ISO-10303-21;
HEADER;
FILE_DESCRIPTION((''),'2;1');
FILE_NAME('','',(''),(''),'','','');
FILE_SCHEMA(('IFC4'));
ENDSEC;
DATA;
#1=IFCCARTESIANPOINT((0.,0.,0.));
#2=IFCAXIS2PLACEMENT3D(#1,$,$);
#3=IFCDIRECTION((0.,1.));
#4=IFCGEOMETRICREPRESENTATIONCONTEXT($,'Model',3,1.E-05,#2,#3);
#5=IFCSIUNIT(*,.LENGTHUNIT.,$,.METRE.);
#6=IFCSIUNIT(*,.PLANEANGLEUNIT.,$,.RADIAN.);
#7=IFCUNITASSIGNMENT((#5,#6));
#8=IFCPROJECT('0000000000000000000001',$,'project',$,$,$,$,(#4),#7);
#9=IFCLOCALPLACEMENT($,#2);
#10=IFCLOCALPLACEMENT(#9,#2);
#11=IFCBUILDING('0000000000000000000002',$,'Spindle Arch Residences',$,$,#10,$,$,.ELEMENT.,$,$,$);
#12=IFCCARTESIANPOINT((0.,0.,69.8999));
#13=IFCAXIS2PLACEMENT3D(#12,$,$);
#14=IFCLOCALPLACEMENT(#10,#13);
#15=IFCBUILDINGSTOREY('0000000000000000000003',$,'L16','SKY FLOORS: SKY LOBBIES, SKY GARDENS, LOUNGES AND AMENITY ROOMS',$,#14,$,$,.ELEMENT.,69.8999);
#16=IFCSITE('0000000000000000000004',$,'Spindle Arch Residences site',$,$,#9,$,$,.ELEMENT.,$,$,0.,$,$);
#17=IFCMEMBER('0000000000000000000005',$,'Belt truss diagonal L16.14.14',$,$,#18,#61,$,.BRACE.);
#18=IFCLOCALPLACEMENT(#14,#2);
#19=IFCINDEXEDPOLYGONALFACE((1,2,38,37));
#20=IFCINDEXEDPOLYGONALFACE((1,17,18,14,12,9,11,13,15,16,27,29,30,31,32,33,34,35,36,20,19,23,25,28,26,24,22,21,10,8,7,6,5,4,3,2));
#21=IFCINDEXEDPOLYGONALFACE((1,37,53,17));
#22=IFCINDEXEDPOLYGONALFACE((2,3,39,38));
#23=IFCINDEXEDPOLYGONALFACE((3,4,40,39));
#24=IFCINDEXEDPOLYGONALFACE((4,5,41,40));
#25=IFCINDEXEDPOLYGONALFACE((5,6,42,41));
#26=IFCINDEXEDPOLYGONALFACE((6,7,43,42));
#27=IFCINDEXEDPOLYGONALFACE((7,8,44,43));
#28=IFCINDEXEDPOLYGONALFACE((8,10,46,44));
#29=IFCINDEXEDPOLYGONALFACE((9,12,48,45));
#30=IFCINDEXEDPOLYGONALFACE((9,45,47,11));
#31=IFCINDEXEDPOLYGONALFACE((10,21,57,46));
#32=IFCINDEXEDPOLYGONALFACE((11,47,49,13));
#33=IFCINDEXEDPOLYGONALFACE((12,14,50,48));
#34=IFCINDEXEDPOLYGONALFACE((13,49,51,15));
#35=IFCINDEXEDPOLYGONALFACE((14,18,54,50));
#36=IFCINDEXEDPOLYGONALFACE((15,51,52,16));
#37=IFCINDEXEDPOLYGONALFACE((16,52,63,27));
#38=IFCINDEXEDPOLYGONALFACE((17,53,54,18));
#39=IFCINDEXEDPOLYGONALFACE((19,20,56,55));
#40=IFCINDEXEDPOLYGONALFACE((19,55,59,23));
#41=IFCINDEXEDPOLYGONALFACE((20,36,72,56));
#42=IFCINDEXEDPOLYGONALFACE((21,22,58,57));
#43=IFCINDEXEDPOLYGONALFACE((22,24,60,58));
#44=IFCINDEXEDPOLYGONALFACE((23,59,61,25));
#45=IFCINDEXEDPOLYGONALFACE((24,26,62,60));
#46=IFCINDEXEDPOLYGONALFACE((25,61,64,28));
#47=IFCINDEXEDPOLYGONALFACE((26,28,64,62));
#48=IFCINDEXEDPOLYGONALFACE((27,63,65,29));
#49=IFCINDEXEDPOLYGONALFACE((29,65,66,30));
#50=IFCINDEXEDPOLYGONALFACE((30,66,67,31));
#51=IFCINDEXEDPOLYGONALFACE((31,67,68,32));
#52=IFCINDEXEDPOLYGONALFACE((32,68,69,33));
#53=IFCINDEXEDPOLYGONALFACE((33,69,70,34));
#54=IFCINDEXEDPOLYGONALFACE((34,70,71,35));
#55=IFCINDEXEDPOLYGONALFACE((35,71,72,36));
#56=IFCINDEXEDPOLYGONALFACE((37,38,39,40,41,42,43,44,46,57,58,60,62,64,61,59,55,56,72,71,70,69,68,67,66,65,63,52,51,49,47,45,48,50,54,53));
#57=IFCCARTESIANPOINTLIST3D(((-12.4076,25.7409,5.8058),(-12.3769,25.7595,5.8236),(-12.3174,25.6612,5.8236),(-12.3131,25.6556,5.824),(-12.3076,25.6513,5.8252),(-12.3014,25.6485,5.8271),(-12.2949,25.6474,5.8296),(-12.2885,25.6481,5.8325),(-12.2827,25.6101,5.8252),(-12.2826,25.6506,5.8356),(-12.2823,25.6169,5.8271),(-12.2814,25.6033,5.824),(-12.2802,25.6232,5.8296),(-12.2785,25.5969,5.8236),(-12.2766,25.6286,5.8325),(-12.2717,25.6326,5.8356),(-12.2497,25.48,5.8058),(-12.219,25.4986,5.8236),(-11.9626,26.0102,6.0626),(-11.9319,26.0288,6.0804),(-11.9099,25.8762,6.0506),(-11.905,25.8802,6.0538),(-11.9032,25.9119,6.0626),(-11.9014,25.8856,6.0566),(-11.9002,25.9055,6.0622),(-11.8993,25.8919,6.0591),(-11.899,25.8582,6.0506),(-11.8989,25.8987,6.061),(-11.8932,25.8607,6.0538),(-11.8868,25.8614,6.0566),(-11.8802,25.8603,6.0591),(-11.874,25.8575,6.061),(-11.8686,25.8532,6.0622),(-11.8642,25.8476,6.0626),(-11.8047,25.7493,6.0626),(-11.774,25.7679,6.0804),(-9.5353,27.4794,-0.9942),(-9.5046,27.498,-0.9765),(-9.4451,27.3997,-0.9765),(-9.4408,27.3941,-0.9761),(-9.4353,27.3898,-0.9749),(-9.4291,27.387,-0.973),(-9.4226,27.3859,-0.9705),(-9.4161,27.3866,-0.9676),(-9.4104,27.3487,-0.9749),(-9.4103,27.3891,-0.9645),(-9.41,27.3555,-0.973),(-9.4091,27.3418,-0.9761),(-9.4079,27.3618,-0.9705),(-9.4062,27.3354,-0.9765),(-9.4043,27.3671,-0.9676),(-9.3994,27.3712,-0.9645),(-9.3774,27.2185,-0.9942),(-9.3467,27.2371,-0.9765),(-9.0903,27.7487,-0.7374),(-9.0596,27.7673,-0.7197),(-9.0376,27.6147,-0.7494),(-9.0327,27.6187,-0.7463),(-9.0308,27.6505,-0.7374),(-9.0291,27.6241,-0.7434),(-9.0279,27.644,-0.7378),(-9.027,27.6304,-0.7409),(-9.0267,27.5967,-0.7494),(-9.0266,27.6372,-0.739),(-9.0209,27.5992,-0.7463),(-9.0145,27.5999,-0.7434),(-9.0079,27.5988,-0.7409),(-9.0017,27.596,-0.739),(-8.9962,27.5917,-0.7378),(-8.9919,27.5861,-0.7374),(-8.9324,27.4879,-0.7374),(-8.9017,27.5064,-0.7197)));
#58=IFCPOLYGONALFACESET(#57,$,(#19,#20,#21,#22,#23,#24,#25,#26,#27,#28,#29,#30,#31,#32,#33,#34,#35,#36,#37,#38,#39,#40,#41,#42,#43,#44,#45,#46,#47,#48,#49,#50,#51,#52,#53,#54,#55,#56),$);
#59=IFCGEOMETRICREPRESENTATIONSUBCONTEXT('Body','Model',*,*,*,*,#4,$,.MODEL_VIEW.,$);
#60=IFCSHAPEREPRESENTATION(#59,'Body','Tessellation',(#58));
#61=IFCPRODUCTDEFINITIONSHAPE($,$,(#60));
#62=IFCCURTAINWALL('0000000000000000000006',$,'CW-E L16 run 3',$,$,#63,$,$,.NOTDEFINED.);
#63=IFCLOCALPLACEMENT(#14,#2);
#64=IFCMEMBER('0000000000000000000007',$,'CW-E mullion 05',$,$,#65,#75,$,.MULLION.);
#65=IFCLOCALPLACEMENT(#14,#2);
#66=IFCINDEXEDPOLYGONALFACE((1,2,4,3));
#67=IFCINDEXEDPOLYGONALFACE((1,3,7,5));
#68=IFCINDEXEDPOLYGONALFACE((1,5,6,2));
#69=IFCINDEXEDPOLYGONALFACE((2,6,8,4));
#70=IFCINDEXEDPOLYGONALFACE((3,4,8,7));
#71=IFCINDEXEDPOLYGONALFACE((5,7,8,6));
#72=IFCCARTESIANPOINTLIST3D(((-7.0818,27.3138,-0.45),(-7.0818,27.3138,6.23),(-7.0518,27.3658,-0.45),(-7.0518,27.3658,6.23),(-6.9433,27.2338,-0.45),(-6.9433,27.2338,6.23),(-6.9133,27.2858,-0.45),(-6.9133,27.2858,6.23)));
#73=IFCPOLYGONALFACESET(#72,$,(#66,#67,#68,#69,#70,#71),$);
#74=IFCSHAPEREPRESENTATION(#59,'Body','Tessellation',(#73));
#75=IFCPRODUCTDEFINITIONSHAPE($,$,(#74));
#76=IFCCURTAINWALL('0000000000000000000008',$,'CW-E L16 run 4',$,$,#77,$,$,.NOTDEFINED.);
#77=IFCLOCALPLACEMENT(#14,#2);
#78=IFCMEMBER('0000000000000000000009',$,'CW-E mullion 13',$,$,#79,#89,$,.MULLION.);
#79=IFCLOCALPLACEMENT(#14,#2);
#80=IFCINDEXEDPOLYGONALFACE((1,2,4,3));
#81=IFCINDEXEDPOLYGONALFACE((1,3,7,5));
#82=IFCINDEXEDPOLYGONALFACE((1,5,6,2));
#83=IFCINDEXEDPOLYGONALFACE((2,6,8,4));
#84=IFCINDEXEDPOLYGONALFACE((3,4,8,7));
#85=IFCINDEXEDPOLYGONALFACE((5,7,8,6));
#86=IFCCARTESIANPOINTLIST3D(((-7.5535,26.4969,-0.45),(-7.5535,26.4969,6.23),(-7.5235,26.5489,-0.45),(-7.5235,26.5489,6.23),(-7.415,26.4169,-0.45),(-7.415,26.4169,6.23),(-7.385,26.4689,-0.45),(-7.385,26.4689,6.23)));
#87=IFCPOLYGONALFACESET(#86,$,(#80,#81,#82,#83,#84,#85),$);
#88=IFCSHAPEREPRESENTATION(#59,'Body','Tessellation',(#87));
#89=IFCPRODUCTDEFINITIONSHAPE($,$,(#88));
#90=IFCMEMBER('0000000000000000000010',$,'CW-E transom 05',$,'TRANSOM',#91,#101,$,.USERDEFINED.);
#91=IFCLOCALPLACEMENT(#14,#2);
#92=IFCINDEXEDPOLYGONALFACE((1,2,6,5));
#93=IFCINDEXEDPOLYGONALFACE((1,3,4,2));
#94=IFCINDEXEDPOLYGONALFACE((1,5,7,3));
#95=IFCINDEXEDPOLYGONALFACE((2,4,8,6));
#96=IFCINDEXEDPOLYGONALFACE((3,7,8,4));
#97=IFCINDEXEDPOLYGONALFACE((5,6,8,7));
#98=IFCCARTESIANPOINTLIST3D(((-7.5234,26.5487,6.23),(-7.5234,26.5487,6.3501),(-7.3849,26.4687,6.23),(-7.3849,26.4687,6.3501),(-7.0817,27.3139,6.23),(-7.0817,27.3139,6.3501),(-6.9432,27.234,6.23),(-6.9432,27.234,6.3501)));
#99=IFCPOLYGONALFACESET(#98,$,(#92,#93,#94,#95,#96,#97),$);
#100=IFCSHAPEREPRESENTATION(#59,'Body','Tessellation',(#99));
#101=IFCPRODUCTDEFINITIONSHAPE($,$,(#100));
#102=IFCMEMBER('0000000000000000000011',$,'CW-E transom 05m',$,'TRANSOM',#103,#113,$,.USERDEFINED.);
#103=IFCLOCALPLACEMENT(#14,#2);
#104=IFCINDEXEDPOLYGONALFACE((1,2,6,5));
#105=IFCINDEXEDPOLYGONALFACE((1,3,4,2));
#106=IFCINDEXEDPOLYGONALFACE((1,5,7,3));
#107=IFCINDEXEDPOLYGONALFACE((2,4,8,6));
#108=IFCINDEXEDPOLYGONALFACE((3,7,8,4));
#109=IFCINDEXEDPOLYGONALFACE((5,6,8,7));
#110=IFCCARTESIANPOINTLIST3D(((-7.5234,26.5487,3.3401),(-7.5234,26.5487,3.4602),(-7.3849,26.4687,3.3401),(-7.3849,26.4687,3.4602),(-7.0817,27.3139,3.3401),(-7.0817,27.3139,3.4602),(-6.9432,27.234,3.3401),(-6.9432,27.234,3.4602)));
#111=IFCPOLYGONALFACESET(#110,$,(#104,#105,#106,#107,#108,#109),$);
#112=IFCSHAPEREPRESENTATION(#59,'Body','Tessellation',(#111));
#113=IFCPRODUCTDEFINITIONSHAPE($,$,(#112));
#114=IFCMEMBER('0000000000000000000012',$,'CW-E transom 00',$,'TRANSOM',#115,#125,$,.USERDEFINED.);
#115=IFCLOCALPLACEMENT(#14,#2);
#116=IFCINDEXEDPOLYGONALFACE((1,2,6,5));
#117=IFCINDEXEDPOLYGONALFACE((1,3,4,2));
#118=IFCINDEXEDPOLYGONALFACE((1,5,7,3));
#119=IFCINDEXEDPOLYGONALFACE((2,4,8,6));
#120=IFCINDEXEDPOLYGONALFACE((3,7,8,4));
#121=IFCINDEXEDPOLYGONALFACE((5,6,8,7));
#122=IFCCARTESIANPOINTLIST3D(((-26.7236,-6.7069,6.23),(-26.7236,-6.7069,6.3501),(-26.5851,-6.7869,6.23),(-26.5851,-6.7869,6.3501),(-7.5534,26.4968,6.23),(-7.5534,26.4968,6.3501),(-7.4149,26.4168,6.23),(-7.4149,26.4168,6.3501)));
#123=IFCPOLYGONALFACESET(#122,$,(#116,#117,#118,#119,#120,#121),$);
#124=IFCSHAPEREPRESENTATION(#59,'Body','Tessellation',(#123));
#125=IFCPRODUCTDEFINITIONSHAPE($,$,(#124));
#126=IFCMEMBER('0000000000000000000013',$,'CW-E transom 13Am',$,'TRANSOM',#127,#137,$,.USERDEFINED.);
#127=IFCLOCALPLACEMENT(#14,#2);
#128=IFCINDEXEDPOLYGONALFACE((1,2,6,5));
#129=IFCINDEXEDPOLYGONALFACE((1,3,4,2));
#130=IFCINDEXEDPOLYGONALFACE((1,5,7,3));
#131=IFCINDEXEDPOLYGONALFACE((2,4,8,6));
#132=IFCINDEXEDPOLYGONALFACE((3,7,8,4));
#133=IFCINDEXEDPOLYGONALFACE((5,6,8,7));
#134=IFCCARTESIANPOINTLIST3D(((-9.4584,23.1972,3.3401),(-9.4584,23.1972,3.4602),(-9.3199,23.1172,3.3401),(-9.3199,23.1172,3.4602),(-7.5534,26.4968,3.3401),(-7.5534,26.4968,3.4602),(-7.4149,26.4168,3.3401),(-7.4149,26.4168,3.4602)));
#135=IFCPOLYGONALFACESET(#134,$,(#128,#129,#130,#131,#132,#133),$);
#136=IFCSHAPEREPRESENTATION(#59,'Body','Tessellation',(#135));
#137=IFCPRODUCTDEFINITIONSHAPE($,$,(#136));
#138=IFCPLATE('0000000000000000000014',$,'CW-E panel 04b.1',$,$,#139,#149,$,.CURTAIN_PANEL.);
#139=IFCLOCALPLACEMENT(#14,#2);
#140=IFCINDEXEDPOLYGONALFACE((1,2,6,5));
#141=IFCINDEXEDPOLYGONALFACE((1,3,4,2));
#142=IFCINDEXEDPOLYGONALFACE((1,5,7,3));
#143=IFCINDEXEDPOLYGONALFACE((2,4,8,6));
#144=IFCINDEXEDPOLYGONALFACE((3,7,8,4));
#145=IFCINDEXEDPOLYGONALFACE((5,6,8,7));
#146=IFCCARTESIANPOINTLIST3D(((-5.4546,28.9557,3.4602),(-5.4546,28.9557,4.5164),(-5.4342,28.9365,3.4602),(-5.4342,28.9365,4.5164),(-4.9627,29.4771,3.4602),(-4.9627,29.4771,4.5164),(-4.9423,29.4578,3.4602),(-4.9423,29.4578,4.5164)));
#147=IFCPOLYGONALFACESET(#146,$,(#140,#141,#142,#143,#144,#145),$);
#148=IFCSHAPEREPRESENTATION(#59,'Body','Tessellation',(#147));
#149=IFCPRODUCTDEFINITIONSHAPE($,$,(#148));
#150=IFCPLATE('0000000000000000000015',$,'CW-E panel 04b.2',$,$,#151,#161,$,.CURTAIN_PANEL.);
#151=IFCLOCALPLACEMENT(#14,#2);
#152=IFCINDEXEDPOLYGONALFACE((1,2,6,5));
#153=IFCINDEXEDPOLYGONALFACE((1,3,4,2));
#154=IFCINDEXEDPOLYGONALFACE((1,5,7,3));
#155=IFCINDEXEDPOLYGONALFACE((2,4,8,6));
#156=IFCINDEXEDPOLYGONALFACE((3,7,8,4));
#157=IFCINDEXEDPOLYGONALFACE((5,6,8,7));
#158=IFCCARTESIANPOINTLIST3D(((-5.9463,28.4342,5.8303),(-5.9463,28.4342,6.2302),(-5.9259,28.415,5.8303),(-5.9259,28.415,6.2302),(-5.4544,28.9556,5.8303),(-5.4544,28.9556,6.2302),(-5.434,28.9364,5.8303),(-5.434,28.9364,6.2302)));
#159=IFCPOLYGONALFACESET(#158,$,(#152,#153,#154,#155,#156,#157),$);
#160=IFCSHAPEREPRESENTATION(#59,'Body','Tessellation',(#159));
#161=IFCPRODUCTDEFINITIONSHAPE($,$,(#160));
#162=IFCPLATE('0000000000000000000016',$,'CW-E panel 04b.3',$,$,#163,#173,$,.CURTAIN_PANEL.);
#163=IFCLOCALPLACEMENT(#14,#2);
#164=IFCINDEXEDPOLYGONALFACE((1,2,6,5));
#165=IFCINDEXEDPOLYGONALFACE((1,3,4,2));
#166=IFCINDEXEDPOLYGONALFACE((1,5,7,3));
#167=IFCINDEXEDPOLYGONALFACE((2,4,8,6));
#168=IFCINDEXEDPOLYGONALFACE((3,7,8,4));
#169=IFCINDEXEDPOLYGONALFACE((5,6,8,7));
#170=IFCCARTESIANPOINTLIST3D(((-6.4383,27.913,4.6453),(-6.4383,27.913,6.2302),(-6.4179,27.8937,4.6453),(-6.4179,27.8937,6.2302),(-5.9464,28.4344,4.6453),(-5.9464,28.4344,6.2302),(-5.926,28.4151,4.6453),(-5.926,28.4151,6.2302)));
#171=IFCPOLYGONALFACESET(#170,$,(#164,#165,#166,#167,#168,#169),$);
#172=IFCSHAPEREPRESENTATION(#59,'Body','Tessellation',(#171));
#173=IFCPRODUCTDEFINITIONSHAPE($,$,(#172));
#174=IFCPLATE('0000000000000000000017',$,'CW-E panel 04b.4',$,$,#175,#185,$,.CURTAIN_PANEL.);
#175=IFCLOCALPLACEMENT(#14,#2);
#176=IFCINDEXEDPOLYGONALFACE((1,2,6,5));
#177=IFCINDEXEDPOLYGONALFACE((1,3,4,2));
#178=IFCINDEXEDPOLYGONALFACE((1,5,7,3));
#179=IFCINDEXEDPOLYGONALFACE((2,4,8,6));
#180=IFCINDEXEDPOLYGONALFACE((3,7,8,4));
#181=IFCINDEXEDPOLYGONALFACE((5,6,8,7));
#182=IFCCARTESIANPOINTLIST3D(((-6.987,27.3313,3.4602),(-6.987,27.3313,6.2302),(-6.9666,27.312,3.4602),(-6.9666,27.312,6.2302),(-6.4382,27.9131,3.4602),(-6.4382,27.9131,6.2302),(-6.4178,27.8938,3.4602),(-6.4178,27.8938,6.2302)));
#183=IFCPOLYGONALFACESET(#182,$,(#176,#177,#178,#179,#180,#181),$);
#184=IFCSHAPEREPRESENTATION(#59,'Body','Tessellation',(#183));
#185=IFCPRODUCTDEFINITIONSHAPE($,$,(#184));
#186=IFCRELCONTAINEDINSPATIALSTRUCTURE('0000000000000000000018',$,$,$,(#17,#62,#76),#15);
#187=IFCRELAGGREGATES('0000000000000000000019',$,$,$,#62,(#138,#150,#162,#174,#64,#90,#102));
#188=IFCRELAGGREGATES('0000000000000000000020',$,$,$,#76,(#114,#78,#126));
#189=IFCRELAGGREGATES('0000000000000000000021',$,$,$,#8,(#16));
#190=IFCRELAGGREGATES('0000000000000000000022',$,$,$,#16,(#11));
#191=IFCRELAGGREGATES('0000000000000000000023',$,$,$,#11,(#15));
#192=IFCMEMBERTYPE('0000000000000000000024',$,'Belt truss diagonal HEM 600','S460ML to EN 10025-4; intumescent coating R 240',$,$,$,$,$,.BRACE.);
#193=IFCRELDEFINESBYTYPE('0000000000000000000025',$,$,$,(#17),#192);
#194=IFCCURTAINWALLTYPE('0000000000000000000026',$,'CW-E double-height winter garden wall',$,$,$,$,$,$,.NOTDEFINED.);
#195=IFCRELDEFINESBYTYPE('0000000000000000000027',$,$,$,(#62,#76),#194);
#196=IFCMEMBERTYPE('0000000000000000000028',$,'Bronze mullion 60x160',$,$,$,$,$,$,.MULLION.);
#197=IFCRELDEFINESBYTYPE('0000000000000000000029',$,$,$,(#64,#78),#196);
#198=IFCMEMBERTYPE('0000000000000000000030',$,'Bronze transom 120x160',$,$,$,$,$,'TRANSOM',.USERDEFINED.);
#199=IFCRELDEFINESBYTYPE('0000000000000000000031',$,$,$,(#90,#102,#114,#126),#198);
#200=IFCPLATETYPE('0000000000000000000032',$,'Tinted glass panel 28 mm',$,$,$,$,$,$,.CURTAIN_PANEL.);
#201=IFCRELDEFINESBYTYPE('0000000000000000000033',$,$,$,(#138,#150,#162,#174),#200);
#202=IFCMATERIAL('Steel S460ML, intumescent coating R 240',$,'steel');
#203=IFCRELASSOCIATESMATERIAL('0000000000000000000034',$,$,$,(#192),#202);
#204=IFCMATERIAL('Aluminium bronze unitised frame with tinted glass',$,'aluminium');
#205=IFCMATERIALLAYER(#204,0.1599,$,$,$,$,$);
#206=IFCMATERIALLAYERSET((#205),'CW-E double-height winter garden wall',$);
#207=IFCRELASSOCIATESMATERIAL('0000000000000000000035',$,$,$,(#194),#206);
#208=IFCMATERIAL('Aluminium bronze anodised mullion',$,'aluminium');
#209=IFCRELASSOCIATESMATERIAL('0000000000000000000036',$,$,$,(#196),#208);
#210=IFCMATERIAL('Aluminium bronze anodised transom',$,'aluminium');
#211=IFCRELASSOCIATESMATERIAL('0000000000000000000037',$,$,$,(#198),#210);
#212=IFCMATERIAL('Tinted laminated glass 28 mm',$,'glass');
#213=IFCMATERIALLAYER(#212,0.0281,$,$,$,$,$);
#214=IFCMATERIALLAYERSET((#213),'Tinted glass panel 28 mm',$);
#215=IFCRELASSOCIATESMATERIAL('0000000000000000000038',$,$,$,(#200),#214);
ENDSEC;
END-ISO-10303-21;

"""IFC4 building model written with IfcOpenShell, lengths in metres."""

from ifc_helpers import new_model, si_unit, direction, frame, origin, origin_2d, place, context, subcontext, project, spatial, rectangle, i_section, extrude, material, layer, layer_set, material_profile, profile_set, type_object, element, aggregate, save


model = new_model("IFC4")

# Units and contexts
model_context = context("Model", 3, precision=1e-05, world=origin(), true_north=direction((0.0, 1.0)))
body_context = subcontext(model_context, "Body", "Model", "MODEL_VIEW")
ifc_project = project(units=[si_unit("LENGTHUNIT", "METRE"), si_unit("PLANEANGLEUNIT", "RADIAN")], contexts=[model_context])

# Site, building, storey
site_placement = place(None, origin())
site = spatial("IfcSite", under=ifc_project, at=site_placement, Name="Spindle Arch Residences site", CompositionType="ELEMENT", RefElevation=0.0)
building_placement = place(site_placement, origin())
building = spatial("IfcBuilding", under=site, at=building_placement, Name="Spindle Arch Residences", CompositionType="ELEMENT")
storey_placement = place(building_placement, frame((0.0, 0.0, 69.8999)))
storey = spatial("IfcBuildingStorey", under=building, at=storey_placement, Name="L16", Description="SKY FLOORS: SKY LOBBIES, SKY GARDENS, LOUNGES AND AMENITY ROOMS", CompositionType="ELEMENT", Elevation=69.8999)

# Member
ifc_material_1 = material(Name="Steel S460ML, intumescent coating R 240", Category="steel")
ifc_material_profile_1 = material_profile(ifc_material_1, i_section(OverallWidth=0.3049, OverallDepth=0.6201, WebThickness=0.021, FlangeThickness=0.04, FilletRadius=0.0271, at=origin_2d()), Name="HEM 600")
ifc_profile_set_1 = profile_set([ifc_material_profile_1], Name="Steel S460ML, intumescent coating R 240")
member_type_1 = type_object("IfcMemberType", Name="Belt truss diagonal HEM 600", Description="S460ML to EN 10025-4; intumescent coating R 240", PredefinedType="BRACE", material=ifc_profile_set_1)
member_1_placement = place(storey_placement, frame((-9.2185, 27.4929, -0.8569), z_axis=(-0.378746, -0.229243, 0.89666), x_axis=(0.517807, -0.855498, 0.0)))
element("IfcMember", 1, at=member_1_placement, inside=storey, type_object=member_type_1, Name="Belt truss diagonal L16.14.14", PredefinedType="BRACE", context=body_context, shape_type="SweptSolid", body=[
    extrude(i_section(OverallWidth=0.3049, OverallDepth=0.6201, WebThickness=0.021, FlangeThickness=0.04, FilletRadius=0.0271, at=origin_2d()), origin(), (0.0, 0.0, 1.0), 7.5837),
])

# Curtain walls, members
ifc_material_2 = material(Name="Aluminium bronze unitised frame with tinted glass", Category="aluminium")
ifc_layer_1 = layer(ifc_material_2, 0.1599)
ifc_layer_set_1 = layer_set([ifc_layer_1], Name="CW-E double-height winter garden wall")
curtain_wall_type = type_object("IfcCurtainWallType", Name="CW-E double-height winter garden wall", PredefinedType="NOTDEFINED", material=ifc_layer_set_1)
curtain_wall_1_placement = place(storey_placement, origin())
curtain_wall_1 = element("IfcCurtainWall", 2, at=curtain_wall_1_placement, inside=storey, type_object=curtain_wall_type, Name="CW-E L16 run 3", PredefinedType="NOTDEFINED")
ifc_material_3 = material(Name="Aluminium bronze anodised mullion", Category="aluminium")
ifc_material_profile_2 = material_profile(ifc_material_3, rectangle(XDim=0.1599, YDim=0.0601, at=origin_2d()), Name="MU 60x160")
ifc_profile_set_2 = profile_set([ifc_material_profile_2], Name="Aluminium bronze anodised mullion")
member_type_2 = type_object("IfcMemberType", Name="Bronze mullion 60x160", PredefinedType="MULLION", material=ifc_profile_set_2)
member_2_placement = place(storey_placement, frame((-6.9976, 27.2998, -0.45), z_axis=(0.0, 0.0, 1.0), x_axis=(0.866025, -0.5, 0.0)))
member_2 = element("IfcMember", 3, at=member_2_placement, type_object=member_type_2, Name="CW-E mullion 05", PredefinedType="MULLION", context=body_context, shape_type="SweptSolid", body=[
    extrude(rectangle(XDim=0.1599, YDim=0.0601, at=origin_2d()), origin(), (0.0, 0.0, 1.0), 6.6799),
])
curtain_wall_2_placement = place(storey_placement, origin())
curtain_wall_2 = element("IfcCurtainWall", 4, at=curtain_wall_2_placement, inside=storey, type_object=curtain_wall_type, Name="CW-E L16 run 4", PredefinedType="NOTDEFINED")
member_3_placement = place(storey_placement, frame((-7.4692, 26.4829, -0.45), z_axis=(0.0, 0.0, 1.0), x_axis=(0.866025, -0.5, 0.0)))
member_3 = element("IfcMember", 5, at=member_3_placement, type_object=member_type_2, Name="CW-E mullion 13", PredefinedType="MULLION", context=body_context, shape_type="SweptSolid", body=[
    extrude(rectangle(XDim=0.1599, YDim=0.0601, at=origin_2d()), origin(), (0.0, 0.0, 1.0), 6.6799),
])

# Members
ifc_material_4 = material(Name="Aluminium bronze anodised transom", Category="aluminium")
ifc_material_profile_3 = material_profile(ifc_material_4, rectangle(XDim=0.1599, YDim=0.1201, at=origin_2d()), Name="TR 120x160")
ifc_profile_set_3 = profile_set([ifc_material_profile_3], Name="Aluminium bronze anodised transom")
member_type_3 = type_object("IfcMemberType", Name="Bronze transom 120x160", ElementType="TRANSOM", PredefinedType="USERDEFINED", material=ifc_profile_set_3)
member_4_placement = place(storey_placement, frame((-7.0125, 27.2739, 6.29), z_axis=(-0.499914, -0.866075, 0.0), x_axis=(0.866075, -0.499914, 0.0)))
member_4 = element("IfcMember", 6, at=member_4_placement, type_object=member_type_3, Name="CW-E transom 05", ObjectType="TRANSOM", PredefinedType="USERDEFINED", context=body_context, shape_type="SweptSolid", body=[
    extrude(rectangle(XDim=0.1599, YDim=0.1201, at=origin_2d()), origin(), (0.0, 0.0, 1.0), 0.8835),
])
member_5_placement = place(storey_placement, frame((-7.0125, 27.2739, 3.4001), z_axis=(-0.499914, -0.866075, 0.0), x_axis=(0.866075, -0.499914, 0.0)))
member_5 = element("IfcMember", 7, at=member_5_placement, type_object=member_type_3, Name="CW-E transom 05m", ObjectType="TRANSOM", PredefinedType="USERDEFINED", context=body_context, shape_type="SweptSolid", body=[
    extrude(rectangle(XDim=0.1599, YDim=0.1201, at=origin_2d()), origin(), (0.0, 0.0, 1.0), 0.8835),
])
member_6_placement = place(storey_placement, frame((-7.4841, 26.4568, 6.29), z_axis=(-0.500001, -0.866025, 0.0), x_axis=(0.866025, -0.500001, 0.0)))
member_6 = element("IfcMember", 8, at=member_6_placement, type_object=member_type_3, Name="CW-E transom 00", ObjectType="TRANSOM", PredefinedType="USERDEFINED", context=body_context, shape_type="SweptSolid", body=[
    extrude(rectangle(XDim=0.1599, YDim=0.1201, at=origin_2d()), origin(), (0.0, 0.0, 1.0), 38.3403),
])
member_7_placement = place(storey_placement, frame((-7.4841, 26.4568, 3.4001), z_axis=(-0.500005, -0.866022, 0.0), x_axis=(0.866022, -0.500005, 0.0)))
member_7 = element("IfcMember", 9, at=member_7_placement, type_object=member_type_3, Name="CW-E transom 13Am", ObjectType="TRANSOM", PredefinedType="USERDEFINED", context=body_context, shape_type="SweptSolid", body=[
    extrude(rectangle(XDim=0.1599, YDim=0.1201, at=origin_2d()), origin(), (0.0, 0.0, 1.0), 3.8101),
])

# Plates
ifc_material_5 = material(Name="Tinted laminated glass 28 mm", Category="glass")
ifc_layer_2 = layer(ifc_material_5, 0.0281)
ifc_layer_set_2 = layer_set([ifc_layer_2], Name="Tinted glass panel 28 mm")
plate_type_1 = type_object("IfcPlateType", Name="Tinted glass panel 28 mm", PredefinedType="CURTAIN_PANEL", material=ifc_layer_set_2)
plate_1_placement = place(storey_placement, frame((-5.1985, 29.2068, 3.4602), z_axis=(0.0, 0.0, 1.0), x_axis=(-0.686242, -0.727374, 0.0)))
plate_1 = element("IfcPlate", 10, at=plate_1_placement, type_object=plate_type_1, Name="CW-E panel 04b.1", PredefinedType="CURTAIN_PANEL", context=body_context, shape_type="SweptSolid", body=[
    extrude(rectangle(XDim=0.7168, YDim=0.0281, at=origin_2d()), origin(), (0.0, 0.0, 1.0), 1.0562),
])
plate_2_placement = place(storey_placement, frame((-5.6902, 28.6853, 5.8303), z_axis=(0.0, 0.0, 1.0), x_axis=(-0.686242, -0.727374, 0.0)))
plate_2 = element("IfcPlate", 11, at=plate_2_placement, type_object=plate_type_1, Name="CW-E panel 04b.2", PredefinedType="CURTAIN_PANEL", context=body_context, shape_type="SweptSolid", body=[
    extrude(rectangle(XDim=0.7168, YDim=0.0281, at=origin_2d()), origin(), (0.0, 0.0, 1.0), 0.3999),
])
plate_3_placement = place(storey_placement, frame((-6.1821, 28.1641, 4.6453), z_axis=(0.0, 0.0, 1.0), x_axis=(-0.686242, -0.727374, 0.0)))
plate_3 = element("IfcPlate", 12, at=plate_3_placement, type_object=plate_type_1, Name="CW-E panel 04b.3", PredefinedType="CURTAIN_PANEL", context=body_context, shape_type="SweptSolid", body=[
    extrude(rectangle(XDim=0.7168, YDim=0.0281, at=origin_2d()), origin(), (0.0, 0.0, 1.0), 1.585),
])
plate_4_placement = place(storey_placement, frame((-6.7024, 27.6125, 3.4602), z_axis=(0.0, 0.0, 1.0), x_axis=(-0.686242, -0.727374, 0.0)))
plate_4 = element("IfcPlate", 13, at=plate_4_placement, type_object=plate_type_1, Name="CW-E panel 04b.4", PredefinedType="CURTAIN_PANEL", context=body_context, shape_type="SweptSolid", body=[
    extrude(rectangle(XDim=0.7998, YDim=0.0281, at=origin_2d()), origin(), (0.0, 0.0, 1.0), 2.77),
])
aggregate(curtain_wall_1, [plate_1, plate_2, plate_3, plate_4, member_2, member_4, member_5])
aggregate(curtain_wall_2, [member_6, member_3, member_7])

save(model, "model.ifc")
